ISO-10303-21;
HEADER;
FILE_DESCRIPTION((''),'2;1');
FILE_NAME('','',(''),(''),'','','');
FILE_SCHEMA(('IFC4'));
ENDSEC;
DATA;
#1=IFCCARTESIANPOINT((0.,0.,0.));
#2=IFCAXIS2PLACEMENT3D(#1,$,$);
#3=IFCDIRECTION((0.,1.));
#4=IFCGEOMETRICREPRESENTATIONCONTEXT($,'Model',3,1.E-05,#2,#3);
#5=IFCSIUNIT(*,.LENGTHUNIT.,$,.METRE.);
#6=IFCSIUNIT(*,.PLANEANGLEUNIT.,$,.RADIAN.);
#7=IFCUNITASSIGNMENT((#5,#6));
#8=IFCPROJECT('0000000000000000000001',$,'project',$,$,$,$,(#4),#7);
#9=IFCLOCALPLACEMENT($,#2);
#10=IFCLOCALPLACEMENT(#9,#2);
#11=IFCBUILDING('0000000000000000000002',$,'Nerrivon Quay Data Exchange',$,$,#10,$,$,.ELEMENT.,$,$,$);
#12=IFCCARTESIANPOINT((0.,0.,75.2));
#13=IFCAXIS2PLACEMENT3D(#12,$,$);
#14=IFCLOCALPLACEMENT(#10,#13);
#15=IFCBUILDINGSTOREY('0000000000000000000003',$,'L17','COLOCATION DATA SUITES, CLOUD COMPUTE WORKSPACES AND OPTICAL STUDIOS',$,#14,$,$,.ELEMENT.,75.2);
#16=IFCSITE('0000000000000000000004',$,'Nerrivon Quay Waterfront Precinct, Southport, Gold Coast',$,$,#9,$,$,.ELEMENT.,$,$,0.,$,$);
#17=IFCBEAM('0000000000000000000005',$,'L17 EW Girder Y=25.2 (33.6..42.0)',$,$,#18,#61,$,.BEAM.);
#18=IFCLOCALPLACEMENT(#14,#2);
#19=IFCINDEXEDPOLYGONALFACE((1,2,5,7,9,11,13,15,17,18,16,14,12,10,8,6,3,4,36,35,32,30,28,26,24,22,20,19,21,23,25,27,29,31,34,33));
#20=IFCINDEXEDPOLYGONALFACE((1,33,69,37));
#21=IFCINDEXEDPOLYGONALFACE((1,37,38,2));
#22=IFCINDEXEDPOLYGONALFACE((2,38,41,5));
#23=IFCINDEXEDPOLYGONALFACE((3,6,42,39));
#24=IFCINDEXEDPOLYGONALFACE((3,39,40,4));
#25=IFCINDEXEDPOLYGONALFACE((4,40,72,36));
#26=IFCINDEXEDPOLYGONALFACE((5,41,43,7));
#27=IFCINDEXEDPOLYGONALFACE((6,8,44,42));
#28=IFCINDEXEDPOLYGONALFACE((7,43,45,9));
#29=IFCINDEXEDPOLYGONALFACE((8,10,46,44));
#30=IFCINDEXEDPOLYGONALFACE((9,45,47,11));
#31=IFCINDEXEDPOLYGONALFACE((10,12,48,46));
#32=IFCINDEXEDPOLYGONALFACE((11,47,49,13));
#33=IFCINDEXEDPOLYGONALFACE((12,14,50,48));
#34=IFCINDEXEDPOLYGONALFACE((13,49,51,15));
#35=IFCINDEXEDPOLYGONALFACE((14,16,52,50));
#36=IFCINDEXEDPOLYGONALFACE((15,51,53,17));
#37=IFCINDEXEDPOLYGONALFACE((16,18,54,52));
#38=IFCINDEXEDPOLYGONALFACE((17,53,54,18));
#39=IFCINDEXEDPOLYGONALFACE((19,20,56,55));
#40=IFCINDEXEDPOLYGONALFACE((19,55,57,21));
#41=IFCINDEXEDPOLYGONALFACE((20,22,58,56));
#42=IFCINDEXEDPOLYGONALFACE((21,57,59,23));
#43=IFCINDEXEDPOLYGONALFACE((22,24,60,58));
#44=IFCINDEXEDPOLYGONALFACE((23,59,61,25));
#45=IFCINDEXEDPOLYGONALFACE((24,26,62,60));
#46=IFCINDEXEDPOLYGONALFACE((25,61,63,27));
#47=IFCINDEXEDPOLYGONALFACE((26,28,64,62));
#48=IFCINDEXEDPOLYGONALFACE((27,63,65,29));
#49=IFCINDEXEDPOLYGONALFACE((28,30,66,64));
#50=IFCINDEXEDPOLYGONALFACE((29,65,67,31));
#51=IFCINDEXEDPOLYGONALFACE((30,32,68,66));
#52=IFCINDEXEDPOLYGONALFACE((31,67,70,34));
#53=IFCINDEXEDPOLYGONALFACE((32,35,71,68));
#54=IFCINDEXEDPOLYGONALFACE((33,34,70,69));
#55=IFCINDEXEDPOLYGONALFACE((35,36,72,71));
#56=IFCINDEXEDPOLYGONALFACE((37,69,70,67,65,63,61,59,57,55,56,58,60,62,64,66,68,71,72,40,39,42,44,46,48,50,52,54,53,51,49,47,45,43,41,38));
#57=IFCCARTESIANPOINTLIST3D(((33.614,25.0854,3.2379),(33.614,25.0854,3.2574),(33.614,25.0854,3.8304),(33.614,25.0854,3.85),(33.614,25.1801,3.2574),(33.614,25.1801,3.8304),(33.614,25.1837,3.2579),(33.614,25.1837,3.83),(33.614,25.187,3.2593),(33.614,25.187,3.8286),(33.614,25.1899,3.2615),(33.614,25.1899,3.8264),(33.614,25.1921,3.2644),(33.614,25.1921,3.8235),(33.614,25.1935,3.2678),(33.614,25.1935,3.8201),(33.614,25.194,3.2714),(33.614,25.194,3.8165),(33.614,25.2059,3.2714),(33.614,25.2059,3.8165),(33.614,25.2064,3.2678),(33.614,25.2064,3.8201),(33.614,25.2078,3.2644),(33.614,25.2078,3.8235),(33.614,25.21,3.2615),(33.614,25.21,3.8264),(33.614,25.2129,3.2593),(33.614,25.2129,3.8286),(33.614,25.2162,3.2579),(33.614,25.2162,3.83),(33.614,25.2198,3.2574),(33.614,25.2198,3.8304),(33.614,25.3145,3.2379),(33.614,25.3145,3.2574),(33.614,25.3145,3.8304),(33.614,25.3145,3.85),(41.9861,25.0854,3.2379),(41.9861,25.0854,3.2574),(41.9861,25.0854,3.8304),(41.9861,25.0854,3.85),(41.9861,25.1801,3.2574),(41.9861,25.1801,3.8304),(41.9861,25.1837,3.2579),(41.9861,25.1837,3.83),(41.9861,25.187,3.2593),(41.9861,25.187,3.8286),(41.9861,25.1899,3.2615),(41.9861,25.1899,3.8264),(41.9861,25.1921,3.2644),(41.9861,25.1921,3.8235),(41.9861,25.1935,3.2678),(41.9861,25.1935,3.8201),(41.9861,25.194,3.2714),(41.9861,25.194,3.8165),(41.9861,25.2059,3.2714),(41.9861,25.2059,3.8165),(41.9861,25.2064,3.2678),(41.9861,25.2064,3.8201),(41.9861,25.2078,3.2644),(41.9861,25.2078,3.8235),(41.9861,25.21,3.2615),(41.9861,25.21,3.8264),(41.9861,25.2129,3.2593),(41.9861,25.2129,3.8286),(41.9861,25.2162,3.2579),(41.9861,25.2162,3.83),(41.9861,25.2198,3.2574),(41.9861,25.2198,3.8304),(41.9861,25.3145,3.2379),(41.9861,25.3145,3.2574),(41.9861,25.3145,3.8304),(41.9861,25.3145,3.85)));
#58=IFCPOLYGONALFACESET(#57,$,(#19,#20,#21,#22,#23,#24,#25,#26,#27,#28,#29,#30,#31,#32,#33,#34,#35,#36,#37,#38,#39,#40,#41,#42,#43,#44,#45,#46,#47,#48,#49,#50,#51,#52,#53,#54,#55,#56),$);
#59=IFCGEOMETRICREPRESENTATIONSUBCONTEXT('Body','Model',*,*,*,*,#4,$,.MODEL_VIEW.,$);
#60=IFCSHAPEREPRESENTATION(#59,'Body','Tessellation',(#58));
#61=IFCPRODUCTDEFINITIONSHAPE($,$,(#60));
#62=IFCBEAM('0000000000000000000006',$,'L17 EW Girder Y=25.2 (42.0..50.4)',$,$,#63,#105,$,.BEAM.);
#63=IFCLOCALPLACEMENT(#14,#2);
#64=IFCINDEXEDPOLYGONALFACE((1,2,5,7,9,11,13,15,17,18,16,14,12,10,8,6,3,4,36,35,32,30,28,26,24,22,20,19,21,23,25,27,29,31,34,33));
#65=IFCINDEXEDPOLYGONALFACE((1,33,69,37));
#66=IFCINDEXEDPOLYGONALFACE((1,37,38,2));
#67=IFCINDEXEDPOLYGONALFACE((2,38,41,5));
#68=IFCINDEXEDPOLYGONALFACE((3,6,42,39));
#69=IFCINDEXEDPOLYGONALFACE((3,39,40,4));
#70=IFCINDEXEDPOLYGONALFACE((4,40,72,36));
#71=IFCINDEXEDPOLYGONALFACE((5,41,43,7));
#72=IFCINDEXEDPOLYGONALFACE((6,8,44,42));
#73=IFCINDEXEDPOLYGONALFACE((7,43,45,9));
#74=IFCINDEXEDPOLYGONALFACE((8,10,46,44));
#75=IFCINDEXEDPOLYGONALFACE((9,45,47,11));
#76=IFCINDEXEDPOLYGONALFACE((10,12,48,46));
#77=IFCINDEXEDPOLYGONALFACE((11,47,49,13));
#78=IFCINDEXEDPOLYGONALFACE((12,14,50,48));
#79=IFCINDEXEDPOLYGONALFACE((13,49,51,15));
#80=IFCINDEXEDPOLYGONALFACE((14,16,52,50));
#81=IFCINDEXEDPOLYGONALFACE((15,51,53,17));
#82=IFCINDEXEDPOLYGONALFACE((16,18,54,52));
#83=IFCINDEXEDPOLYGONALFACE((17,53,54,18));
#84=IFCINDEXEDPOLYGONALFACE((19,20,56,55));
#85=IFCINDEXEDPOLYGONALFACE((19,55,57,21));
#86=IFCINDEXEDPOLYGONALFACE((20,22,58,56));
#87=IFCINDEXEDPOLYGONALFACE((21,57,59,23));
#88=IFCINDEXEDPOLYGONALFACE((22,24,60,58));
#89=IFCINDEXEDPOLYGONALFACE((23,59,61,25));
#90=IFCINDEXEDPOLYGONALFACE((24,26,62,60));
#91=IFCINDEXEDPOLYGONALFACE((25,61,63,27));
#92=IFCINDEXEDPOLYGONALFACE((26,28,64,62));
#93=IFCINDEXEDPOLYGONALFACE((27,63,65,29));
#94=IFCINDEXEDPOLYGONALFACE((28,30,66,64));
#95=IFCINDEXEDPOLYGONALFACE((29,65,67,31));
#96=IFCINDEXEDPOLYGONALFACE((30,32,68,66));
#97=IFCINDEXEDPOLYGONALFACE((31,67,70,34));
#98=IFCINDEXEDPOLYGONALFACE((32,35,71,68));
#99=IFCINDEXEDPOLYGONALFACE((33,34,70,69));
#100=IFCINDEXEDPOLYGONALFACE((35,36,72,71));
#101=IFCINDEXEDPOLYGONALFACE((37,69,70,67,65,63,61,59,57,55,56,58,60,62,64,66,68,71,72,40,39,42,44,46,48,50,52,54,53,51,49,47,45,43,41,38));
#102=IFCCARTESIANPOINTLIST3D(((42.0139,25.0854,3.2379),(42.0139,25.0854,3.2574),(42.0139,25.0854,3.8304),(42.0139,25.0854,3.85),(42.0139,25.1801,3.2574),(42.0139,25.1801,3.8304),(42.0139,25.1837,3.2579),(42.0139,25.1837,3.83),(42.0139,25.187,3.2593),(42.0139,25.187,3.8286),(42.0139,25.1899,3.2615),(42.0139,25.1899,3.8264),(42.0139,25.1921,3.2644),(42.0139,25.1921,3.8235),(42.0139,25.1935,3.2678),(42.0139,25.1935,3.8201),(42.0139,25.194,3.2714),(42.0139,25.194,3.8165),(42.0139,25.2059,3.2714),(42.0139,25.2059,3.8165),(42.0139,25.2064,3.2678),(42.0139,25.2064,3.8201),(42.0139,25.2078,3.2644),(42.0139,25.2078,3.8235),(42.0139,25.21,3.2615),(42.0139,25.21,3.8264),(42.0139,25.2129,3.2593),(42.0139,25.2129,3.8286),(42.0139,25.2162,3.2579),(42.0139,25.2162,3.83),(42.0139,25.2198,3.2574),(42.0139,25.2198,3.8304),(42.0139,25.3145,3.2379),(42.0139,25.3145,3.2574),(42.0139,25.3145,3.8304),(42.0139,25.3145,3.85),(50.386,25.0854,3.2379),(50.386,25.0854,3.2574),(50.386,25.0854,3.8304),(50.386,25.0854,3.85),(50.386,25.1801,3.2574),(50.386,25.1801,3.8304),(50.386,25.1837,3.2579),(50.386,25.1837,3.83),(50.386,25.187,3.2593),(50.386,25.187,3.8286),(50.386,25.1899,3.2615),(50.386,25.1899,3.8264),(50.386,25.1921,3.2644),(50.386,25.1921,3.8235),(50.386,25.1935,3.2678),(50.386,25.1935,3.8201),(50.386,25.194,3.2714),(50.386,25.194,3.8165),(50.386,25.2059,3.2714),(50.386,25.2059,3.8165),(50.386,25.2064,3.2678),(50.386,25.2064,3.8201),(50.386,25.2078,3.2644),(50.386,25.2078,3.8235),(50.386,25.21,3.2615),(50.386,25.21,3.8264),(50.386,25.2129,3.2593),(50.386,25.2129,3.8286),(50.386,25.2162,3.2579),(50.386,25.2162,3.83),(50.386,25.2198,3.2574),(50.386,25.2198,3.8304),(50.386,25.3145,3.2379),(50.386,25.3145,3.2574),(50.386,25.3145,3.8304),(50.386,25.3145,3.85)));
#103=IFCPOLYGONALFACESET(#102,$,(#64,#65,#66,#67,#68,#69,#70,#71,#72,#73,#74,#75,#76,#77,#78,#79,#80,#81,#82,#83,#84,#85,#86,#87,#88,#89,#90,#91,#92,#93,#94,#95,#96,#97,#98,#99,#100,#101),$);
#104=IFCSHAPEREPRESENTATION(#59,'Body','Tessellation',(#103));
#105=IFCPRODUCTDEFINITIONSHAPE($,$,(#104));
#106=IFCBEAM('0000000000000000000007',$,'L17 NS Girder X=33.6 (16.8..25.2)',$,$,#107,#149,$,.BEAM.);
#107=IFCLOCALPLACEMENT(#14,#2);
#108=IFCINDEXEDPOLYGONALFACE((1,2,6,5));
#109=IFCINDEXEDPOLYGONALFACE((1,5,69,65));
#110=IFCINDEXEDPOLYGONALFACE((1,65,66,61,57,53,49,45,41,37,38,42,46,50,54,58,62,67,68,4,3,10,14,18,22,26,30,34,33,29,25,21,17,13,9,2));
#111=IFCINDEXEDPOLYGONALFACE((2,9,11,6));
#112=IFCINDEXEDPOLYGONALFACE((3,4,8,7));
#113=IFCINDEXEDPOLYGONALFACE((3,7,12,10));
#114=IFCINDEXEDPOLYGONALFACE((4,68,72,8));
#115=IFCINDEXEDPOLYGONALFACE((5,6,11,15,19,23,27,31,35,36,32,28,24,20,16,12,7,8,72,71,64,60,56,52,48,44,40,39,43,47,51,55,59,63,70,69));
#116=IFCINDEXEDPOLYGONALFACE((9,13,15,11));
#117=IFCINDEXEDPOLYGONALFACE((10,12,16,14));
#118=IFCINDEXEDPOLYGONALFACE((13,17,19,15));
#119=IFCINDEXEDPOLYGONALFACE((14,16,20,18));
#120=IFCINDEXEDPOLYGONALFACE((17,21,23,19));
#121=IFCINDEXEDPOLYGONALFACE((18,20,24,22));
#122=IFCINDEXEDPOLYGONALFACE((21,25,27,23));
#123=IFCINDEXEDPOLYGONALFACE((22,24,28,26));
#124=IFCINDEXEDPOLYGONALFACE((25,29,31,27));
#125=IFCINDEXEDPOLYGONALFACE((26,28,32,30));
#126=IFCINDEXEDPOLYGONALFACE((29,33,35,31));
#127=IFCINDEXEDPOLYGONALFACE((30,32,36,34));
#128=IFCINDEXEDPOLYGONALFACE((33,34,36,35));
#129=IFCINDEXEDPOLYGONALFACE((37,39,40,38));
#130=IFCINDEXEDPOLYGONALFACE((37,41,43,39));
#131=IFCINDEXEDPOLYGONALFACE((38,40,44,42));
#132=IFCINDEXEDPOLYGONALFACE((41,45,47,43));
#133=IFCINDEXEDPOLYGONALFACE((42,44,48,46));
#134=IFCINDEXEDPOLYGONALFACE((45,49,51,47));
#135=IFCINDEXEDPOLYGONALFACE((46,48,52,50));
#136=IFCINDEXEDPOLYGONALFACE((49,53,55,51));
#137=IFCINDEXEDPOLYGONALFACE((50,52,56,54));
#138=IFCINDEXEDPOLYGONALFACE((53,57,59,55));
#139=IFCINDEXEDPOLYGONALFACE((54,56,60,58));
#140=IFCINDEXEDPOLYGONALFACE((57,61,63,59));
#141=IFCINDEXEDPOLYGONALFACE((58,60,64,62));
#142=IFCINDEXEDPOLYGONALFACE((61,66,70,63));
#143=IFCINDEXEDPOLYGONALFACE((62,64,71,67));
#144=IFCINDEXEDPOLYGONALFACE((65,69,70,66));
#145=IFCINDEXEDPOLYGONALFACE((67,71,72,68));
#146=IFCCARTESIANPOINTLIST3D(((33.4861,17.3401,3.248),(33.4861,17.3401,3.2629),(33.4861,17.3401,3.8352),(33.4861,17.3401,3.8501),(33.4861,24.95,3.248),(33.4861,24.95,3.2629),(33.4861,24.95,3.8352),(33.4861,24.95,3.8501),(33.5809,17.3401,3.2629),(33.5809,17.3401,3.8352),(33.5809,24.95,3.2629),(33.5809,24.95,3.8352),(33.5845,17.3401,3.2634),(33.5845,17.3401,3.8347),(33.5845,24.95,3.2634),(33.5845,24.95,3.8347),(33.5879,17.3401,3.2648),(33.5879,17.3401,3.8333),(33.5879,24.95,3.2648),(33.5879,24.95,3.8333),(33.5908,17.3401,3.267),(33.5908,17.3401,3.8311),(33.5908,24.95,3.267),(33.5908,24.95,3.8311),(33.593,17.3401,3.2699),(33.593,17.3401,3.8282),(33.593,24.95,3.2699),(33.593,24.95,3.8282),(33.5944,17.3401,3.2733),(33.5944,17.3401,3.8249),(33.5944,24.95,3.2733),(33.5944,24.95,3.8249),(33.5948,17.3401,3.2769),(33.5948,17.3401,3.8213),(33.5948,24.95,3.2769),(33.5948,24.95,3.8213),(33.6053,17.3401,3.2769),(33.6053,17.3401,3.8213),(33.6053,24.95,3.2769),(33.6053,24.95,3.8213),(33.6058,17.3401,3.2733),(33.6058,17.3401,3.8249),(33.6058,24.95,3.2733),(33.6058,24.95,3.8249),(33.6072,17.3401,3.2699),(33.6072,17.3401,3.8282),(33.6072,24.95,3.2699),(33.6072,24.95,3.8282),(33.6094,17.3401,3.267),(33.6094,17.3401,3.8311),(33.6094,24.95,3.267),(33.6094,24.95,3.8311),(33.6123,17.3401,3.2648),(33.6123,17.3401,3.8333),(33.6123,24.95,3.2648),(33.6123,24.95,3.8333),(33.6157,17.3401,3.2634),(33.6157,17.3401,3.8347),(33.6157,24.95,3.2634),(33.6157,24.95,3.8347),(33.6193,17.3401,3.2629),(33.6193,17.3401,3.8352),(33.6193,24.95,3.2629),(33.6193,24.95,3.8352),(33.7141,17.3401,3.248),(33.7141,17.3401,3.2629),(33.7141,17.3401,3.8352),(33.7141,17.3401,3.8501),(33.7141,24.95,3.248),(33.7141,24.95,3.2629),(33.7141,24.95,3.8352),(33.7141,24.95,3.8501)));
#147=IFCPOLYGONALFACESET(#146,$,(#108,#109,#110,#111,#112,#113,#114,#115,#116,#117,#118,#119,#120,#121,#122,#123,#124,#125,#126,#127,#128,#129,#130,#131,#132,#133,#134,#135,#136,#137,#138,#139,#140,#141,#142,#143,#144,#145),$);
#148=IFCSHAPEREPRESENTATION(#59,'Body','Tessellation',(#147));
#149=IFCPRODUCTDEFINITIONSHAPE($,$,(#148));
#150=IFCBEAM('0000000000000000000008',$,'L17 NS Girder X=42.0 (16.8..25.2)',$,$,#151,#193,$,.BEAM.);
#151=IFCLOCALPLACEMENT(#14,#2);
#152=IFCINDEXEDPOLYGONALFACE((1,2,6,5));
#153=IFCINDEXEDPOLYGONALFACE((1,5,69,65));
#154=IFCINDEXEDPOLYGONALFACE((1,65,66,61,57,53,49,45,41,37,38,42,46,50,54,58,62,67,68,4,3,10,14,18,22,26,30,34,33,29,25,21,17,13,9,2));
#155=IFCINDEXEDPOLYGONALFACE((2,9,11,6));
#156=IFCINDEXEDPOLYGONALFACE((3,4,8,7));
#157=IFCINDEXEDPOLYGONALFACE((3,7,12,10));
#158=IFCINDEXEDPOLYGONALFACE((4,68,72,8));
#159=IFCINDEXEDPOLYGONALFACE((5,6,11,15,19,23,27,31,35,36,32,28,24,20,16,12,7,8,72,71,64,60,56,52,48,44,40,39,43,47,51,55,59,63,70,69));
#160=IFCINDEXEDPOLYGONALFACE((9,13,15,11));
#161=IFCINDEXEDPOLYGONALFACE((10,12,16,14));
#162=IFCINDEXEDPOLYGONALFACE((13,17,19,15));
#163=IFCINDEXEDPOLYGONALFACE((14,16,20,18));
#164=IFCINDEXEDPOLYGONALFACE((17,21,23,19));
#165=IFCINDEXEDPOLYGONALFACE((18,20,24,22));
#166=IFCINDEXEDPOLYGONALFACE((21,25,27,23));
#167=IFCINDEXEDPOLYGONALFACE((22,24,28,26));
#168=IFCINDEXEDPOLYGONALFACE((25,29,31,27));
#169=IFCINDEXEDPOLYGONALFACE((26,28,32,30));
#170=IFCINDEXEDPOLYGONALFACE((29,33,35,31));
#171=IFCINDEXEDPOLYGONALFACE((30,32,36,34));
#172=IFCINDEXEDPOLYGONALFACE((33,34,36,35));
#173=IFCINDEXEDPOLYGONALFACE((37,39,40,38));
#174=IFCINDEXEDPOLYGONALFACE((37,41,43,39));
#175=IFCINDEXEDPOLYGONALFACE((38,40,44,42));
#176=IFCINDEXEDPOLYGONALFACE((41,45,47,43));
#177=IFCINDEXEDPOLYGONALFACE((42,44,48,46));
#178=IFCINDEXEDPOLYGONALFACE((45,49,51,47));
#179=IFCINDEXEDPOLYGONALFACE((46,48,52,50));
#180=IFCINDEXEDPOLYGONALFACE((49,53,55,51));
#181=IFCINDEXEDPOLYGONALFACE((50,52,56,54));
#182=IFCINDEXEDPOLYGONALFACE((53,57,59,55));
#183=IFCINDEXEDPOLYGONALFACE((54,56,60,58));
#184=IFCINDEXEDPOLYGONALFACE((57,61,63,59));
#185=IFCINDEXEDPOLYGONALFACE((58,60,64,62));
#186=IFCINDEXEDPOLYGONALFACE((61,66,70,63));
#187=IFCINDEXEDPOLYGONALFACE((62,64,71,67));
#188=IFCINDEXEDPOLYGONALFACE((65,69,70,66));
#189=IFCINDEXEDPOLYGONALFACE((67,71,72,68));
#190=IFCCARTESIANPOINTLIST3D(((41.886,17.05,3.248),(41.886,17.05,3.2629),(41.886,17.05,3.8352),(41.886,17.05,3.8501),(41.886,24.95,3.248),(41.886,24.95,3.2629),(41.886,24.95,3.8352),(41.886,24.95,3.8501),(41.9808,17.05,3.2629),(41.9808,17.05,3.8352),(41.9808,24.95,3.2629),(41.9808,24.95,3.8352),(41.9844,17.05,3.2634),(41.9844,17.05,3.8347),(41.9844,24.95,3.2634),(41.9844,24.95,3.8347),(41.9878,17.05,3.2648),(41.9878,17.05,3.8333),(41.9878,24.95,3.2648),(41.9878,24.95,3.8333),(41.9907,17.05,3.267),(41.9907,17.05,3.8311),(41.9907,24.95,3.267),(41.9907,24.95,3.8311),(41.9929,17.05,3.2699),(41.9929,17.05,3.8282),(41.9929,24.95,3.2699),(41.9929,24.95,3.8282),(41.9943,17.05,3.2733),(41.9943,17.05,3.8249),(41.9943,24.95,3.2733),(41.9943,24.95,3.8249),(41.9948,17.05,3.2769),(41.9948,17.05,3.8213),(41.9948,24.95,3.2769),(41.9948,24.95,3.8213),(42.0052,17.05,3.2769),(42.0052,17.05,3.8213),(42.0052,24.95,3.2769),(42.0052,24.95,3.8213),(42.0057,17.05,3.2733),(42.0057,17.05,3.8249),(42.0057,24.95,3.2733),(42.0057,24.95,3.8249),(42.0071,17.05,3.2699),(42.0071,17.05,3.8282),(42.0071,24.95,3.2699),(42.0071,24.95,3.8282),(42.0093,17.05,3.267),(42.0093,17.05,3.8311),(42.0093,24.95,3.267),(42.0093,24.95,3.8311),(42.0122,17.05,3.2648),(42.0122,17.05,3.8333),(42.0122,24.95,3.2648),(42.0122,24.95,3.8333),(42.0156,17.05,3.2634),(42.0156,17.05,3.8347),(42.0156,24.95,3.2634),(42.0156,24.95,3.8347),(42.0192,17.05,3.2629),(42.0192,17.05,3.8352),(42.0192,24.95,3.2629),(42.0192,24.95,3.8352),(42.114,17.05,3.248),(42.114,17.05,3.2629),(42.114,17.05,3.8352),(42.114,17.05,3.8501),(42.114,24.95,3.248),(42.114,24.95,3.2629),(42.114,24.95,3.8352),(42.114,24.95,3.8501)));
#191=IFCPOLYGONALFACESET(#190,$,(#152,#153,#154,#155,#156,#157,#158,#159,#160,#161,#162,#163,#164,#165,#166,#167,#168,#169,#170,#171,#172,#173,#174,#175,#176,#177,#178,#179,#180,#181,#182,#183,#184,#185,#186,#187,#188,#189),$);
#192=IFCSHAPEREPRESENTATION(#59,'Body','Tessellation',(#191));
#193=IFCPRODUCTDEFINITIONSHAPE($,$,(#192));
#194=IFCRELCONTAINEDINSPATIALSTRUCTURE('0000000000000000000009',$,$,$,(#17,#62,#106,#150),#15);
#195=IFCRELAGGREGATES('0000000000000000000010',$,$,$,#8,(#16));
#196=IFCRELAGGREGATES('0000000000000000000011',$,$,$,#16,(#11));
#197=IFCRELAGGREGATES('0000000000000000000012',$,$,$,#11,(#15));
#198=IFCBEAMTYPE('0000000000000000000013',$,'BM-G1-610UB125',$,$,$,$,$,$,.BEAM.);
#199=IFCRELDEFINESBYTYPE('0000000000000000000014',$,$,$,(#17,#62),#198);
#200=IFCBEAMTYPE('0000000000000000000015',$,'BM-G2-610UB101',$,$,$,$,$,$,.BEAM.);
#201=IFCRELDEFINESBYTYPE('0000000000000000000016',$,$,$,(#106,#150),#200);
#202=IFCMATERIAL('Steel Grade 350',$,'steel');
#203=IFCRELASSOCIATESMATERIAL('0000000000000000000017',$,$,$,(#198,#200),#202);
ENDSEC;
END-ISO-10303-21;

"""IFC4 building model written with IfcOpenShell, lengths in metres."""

from ifc_helpers import new_model, si_unit, direction, frame, origin, origin_2d, place, context, subcontext, project, spatial, i_section, extrude, material, material_profile, profile_set, type_object, element, save


model = new_model("IFC4")

# Units and contexts
model_context = context("Model", 3, precision=1e-05, world=origin(), true_north=direction((0.0, 1.0)))
body_context = subcontext(model_context, "Body", "Model", "MODEL_VIEW")
ifc_project = project(units=[si_unit("LENGTHUNIT", "METRE"), si_unit("PLANEANGLEUNIT", "RADIAN")], contexts=[model_context])

# Site, building, storey
site_placement = place(None, origin())
site = spatial("IfcSite", under=ifc_project, at=site_placement, Name="Nerrivon Quay Waterfront Precinct, Southport, Gold Coast", CompositionType="ELEMENT", RefElevation=0.0)
building_placement = place(site_placement, origin())
building = spatial("IfcBuilding", under=site, at=building_placement, Name="Nerrivon Quay Data Exchange", CompositionType="ELEMENT")
storey_placement = place(building_placement, frame((0.0, 0.0, 75.2)))
storey = spatial("IfcBuildingStorey", under=building, at=storey_placement, Name="L17", Description="COLOCATION DATA SUITES, CLOUD COMPUTE WORKSPACES AND OPTICAL STUDIOS", CompositionType="ELEMENT", Elevation=75.2)

# Shared definitions
ifc_material_1 = material(Name="Steel Grade 350", Category="steel")

# Beams
ifc_material_profile_1 = material_profile(ifc_material_1, i_section(OverallWidth=0.229, OverallDepth=0.6121, WebThickness=0.012, FlangeThickness=0.0195, FilletRadius=0.0139, at=origin_2d()), Name="610UB125")
ifc_profile_set_1 = profile_set([ifc_material_profile_1], Name="Steel Grade 350")
beam_type_1 = type_object("IfcBeamType", Name="BM-G1-610UB125", PredefinedType="BEAM", material=ifc_profile_set_1)
for number, where, z_axis, x_axis, name in (
    (1, (33.614, 25.2, 3.5439), (1.0, 0.0, 0.0), (0.0, 1.0, 0.0), "L17 EW Girder Y=25.2 (33.6..42.0)"),
    (2, (42.0139, 25.2, 3.5439), (1.0, 0.0, 0.0), (0.0, 1.0, 0.0), "L17 EW Girder Y=25.2 (42.0..50.4)"),
):
    element("IfcBeam", number, at=place(storey_placement, frame(where, z_axis=z_axis, x_axis=x_axis)), inside=storey, type_object=beam_type_1, Name=name, PredefinedType="BEAM", context=body_context, shape_type="SweptSolid", body=[
        extrude(i_section(OverallWidth=0.229, OverallDepth=0.6121, WebThickness=0.012, FlangeThickness=0.0195, FilletRadius=0.0139, at=origin_2d()), origin(), (0.0, 0.0, 1.0), 8.3721),
    ])
ifc_material_profile_2 = material_profile(ifc_material_1, i_section(OverallWidth=0.228, OverallDepth=0.6021, WebThickness=0.0105, FlangeThickness=0.0149, FilletRadius=0.0139, at=origin_2d()), Name="610UB101")
ifc_profile_set_2 = profile_set([ifc_material_profile_2], Name="Steel Grade 350")
beam_type_2 = type_object("IfcBeamType", Name="BM-G2-610UB101", PredefinedType="BEAM", material=ifc_profile_set_2)
beam_1_placement = place(storey_placement, frame((33.6001, 17.3401, 3.5491), z_axis=(0.0, 1.0, 0.0), x_axis=(-1.0, 0.0, 0.0)))
element("IfcBeam", 3, at=beam_1_placement, inside=storey, type_object=beam_type_2, Name="L17 NS Girder X=33.6 (16.8..25.2)", PredefinedType="BEAM", context=body_context, shape_type="SweptSolid", body=[
    extrude(i_section(OverallWidth=0.228, OverallDepth=0.6021, WebThickness=0.0105, FlangeThickness=0.0149, FilletRadius=0.0139, at=origin_2d()), origin(), (0.0, 0.0, 1.0), 7.6099),
])
beam_2_placement = place(storey_placement, frame((42.0, 17.05, 3.5491), z_axis=(0.0, 1.0, 0.0), x_axis=(-1.0, 0.0, 0.0)))
element("IfcBeam", 4, at=beam_2_placement, inside=storey, type_object=beam_type_2, Name="L17 NS Girder X=42.0 (16.8..25.2)", PredefinedType="BEAM", context=body_context, shape_type="SweptSolid", body=[
    extrude(i_section(OverallWidth=0.228, OverallDepth=0.6021, WebThickness=0.0105, FlangeThickness=0.0149, FilletRadius=0.0139, at=origin_2d()), origin(), (0.0, 0.0, 1.0), 7.8999),
])

save(model, "model.ifc")
